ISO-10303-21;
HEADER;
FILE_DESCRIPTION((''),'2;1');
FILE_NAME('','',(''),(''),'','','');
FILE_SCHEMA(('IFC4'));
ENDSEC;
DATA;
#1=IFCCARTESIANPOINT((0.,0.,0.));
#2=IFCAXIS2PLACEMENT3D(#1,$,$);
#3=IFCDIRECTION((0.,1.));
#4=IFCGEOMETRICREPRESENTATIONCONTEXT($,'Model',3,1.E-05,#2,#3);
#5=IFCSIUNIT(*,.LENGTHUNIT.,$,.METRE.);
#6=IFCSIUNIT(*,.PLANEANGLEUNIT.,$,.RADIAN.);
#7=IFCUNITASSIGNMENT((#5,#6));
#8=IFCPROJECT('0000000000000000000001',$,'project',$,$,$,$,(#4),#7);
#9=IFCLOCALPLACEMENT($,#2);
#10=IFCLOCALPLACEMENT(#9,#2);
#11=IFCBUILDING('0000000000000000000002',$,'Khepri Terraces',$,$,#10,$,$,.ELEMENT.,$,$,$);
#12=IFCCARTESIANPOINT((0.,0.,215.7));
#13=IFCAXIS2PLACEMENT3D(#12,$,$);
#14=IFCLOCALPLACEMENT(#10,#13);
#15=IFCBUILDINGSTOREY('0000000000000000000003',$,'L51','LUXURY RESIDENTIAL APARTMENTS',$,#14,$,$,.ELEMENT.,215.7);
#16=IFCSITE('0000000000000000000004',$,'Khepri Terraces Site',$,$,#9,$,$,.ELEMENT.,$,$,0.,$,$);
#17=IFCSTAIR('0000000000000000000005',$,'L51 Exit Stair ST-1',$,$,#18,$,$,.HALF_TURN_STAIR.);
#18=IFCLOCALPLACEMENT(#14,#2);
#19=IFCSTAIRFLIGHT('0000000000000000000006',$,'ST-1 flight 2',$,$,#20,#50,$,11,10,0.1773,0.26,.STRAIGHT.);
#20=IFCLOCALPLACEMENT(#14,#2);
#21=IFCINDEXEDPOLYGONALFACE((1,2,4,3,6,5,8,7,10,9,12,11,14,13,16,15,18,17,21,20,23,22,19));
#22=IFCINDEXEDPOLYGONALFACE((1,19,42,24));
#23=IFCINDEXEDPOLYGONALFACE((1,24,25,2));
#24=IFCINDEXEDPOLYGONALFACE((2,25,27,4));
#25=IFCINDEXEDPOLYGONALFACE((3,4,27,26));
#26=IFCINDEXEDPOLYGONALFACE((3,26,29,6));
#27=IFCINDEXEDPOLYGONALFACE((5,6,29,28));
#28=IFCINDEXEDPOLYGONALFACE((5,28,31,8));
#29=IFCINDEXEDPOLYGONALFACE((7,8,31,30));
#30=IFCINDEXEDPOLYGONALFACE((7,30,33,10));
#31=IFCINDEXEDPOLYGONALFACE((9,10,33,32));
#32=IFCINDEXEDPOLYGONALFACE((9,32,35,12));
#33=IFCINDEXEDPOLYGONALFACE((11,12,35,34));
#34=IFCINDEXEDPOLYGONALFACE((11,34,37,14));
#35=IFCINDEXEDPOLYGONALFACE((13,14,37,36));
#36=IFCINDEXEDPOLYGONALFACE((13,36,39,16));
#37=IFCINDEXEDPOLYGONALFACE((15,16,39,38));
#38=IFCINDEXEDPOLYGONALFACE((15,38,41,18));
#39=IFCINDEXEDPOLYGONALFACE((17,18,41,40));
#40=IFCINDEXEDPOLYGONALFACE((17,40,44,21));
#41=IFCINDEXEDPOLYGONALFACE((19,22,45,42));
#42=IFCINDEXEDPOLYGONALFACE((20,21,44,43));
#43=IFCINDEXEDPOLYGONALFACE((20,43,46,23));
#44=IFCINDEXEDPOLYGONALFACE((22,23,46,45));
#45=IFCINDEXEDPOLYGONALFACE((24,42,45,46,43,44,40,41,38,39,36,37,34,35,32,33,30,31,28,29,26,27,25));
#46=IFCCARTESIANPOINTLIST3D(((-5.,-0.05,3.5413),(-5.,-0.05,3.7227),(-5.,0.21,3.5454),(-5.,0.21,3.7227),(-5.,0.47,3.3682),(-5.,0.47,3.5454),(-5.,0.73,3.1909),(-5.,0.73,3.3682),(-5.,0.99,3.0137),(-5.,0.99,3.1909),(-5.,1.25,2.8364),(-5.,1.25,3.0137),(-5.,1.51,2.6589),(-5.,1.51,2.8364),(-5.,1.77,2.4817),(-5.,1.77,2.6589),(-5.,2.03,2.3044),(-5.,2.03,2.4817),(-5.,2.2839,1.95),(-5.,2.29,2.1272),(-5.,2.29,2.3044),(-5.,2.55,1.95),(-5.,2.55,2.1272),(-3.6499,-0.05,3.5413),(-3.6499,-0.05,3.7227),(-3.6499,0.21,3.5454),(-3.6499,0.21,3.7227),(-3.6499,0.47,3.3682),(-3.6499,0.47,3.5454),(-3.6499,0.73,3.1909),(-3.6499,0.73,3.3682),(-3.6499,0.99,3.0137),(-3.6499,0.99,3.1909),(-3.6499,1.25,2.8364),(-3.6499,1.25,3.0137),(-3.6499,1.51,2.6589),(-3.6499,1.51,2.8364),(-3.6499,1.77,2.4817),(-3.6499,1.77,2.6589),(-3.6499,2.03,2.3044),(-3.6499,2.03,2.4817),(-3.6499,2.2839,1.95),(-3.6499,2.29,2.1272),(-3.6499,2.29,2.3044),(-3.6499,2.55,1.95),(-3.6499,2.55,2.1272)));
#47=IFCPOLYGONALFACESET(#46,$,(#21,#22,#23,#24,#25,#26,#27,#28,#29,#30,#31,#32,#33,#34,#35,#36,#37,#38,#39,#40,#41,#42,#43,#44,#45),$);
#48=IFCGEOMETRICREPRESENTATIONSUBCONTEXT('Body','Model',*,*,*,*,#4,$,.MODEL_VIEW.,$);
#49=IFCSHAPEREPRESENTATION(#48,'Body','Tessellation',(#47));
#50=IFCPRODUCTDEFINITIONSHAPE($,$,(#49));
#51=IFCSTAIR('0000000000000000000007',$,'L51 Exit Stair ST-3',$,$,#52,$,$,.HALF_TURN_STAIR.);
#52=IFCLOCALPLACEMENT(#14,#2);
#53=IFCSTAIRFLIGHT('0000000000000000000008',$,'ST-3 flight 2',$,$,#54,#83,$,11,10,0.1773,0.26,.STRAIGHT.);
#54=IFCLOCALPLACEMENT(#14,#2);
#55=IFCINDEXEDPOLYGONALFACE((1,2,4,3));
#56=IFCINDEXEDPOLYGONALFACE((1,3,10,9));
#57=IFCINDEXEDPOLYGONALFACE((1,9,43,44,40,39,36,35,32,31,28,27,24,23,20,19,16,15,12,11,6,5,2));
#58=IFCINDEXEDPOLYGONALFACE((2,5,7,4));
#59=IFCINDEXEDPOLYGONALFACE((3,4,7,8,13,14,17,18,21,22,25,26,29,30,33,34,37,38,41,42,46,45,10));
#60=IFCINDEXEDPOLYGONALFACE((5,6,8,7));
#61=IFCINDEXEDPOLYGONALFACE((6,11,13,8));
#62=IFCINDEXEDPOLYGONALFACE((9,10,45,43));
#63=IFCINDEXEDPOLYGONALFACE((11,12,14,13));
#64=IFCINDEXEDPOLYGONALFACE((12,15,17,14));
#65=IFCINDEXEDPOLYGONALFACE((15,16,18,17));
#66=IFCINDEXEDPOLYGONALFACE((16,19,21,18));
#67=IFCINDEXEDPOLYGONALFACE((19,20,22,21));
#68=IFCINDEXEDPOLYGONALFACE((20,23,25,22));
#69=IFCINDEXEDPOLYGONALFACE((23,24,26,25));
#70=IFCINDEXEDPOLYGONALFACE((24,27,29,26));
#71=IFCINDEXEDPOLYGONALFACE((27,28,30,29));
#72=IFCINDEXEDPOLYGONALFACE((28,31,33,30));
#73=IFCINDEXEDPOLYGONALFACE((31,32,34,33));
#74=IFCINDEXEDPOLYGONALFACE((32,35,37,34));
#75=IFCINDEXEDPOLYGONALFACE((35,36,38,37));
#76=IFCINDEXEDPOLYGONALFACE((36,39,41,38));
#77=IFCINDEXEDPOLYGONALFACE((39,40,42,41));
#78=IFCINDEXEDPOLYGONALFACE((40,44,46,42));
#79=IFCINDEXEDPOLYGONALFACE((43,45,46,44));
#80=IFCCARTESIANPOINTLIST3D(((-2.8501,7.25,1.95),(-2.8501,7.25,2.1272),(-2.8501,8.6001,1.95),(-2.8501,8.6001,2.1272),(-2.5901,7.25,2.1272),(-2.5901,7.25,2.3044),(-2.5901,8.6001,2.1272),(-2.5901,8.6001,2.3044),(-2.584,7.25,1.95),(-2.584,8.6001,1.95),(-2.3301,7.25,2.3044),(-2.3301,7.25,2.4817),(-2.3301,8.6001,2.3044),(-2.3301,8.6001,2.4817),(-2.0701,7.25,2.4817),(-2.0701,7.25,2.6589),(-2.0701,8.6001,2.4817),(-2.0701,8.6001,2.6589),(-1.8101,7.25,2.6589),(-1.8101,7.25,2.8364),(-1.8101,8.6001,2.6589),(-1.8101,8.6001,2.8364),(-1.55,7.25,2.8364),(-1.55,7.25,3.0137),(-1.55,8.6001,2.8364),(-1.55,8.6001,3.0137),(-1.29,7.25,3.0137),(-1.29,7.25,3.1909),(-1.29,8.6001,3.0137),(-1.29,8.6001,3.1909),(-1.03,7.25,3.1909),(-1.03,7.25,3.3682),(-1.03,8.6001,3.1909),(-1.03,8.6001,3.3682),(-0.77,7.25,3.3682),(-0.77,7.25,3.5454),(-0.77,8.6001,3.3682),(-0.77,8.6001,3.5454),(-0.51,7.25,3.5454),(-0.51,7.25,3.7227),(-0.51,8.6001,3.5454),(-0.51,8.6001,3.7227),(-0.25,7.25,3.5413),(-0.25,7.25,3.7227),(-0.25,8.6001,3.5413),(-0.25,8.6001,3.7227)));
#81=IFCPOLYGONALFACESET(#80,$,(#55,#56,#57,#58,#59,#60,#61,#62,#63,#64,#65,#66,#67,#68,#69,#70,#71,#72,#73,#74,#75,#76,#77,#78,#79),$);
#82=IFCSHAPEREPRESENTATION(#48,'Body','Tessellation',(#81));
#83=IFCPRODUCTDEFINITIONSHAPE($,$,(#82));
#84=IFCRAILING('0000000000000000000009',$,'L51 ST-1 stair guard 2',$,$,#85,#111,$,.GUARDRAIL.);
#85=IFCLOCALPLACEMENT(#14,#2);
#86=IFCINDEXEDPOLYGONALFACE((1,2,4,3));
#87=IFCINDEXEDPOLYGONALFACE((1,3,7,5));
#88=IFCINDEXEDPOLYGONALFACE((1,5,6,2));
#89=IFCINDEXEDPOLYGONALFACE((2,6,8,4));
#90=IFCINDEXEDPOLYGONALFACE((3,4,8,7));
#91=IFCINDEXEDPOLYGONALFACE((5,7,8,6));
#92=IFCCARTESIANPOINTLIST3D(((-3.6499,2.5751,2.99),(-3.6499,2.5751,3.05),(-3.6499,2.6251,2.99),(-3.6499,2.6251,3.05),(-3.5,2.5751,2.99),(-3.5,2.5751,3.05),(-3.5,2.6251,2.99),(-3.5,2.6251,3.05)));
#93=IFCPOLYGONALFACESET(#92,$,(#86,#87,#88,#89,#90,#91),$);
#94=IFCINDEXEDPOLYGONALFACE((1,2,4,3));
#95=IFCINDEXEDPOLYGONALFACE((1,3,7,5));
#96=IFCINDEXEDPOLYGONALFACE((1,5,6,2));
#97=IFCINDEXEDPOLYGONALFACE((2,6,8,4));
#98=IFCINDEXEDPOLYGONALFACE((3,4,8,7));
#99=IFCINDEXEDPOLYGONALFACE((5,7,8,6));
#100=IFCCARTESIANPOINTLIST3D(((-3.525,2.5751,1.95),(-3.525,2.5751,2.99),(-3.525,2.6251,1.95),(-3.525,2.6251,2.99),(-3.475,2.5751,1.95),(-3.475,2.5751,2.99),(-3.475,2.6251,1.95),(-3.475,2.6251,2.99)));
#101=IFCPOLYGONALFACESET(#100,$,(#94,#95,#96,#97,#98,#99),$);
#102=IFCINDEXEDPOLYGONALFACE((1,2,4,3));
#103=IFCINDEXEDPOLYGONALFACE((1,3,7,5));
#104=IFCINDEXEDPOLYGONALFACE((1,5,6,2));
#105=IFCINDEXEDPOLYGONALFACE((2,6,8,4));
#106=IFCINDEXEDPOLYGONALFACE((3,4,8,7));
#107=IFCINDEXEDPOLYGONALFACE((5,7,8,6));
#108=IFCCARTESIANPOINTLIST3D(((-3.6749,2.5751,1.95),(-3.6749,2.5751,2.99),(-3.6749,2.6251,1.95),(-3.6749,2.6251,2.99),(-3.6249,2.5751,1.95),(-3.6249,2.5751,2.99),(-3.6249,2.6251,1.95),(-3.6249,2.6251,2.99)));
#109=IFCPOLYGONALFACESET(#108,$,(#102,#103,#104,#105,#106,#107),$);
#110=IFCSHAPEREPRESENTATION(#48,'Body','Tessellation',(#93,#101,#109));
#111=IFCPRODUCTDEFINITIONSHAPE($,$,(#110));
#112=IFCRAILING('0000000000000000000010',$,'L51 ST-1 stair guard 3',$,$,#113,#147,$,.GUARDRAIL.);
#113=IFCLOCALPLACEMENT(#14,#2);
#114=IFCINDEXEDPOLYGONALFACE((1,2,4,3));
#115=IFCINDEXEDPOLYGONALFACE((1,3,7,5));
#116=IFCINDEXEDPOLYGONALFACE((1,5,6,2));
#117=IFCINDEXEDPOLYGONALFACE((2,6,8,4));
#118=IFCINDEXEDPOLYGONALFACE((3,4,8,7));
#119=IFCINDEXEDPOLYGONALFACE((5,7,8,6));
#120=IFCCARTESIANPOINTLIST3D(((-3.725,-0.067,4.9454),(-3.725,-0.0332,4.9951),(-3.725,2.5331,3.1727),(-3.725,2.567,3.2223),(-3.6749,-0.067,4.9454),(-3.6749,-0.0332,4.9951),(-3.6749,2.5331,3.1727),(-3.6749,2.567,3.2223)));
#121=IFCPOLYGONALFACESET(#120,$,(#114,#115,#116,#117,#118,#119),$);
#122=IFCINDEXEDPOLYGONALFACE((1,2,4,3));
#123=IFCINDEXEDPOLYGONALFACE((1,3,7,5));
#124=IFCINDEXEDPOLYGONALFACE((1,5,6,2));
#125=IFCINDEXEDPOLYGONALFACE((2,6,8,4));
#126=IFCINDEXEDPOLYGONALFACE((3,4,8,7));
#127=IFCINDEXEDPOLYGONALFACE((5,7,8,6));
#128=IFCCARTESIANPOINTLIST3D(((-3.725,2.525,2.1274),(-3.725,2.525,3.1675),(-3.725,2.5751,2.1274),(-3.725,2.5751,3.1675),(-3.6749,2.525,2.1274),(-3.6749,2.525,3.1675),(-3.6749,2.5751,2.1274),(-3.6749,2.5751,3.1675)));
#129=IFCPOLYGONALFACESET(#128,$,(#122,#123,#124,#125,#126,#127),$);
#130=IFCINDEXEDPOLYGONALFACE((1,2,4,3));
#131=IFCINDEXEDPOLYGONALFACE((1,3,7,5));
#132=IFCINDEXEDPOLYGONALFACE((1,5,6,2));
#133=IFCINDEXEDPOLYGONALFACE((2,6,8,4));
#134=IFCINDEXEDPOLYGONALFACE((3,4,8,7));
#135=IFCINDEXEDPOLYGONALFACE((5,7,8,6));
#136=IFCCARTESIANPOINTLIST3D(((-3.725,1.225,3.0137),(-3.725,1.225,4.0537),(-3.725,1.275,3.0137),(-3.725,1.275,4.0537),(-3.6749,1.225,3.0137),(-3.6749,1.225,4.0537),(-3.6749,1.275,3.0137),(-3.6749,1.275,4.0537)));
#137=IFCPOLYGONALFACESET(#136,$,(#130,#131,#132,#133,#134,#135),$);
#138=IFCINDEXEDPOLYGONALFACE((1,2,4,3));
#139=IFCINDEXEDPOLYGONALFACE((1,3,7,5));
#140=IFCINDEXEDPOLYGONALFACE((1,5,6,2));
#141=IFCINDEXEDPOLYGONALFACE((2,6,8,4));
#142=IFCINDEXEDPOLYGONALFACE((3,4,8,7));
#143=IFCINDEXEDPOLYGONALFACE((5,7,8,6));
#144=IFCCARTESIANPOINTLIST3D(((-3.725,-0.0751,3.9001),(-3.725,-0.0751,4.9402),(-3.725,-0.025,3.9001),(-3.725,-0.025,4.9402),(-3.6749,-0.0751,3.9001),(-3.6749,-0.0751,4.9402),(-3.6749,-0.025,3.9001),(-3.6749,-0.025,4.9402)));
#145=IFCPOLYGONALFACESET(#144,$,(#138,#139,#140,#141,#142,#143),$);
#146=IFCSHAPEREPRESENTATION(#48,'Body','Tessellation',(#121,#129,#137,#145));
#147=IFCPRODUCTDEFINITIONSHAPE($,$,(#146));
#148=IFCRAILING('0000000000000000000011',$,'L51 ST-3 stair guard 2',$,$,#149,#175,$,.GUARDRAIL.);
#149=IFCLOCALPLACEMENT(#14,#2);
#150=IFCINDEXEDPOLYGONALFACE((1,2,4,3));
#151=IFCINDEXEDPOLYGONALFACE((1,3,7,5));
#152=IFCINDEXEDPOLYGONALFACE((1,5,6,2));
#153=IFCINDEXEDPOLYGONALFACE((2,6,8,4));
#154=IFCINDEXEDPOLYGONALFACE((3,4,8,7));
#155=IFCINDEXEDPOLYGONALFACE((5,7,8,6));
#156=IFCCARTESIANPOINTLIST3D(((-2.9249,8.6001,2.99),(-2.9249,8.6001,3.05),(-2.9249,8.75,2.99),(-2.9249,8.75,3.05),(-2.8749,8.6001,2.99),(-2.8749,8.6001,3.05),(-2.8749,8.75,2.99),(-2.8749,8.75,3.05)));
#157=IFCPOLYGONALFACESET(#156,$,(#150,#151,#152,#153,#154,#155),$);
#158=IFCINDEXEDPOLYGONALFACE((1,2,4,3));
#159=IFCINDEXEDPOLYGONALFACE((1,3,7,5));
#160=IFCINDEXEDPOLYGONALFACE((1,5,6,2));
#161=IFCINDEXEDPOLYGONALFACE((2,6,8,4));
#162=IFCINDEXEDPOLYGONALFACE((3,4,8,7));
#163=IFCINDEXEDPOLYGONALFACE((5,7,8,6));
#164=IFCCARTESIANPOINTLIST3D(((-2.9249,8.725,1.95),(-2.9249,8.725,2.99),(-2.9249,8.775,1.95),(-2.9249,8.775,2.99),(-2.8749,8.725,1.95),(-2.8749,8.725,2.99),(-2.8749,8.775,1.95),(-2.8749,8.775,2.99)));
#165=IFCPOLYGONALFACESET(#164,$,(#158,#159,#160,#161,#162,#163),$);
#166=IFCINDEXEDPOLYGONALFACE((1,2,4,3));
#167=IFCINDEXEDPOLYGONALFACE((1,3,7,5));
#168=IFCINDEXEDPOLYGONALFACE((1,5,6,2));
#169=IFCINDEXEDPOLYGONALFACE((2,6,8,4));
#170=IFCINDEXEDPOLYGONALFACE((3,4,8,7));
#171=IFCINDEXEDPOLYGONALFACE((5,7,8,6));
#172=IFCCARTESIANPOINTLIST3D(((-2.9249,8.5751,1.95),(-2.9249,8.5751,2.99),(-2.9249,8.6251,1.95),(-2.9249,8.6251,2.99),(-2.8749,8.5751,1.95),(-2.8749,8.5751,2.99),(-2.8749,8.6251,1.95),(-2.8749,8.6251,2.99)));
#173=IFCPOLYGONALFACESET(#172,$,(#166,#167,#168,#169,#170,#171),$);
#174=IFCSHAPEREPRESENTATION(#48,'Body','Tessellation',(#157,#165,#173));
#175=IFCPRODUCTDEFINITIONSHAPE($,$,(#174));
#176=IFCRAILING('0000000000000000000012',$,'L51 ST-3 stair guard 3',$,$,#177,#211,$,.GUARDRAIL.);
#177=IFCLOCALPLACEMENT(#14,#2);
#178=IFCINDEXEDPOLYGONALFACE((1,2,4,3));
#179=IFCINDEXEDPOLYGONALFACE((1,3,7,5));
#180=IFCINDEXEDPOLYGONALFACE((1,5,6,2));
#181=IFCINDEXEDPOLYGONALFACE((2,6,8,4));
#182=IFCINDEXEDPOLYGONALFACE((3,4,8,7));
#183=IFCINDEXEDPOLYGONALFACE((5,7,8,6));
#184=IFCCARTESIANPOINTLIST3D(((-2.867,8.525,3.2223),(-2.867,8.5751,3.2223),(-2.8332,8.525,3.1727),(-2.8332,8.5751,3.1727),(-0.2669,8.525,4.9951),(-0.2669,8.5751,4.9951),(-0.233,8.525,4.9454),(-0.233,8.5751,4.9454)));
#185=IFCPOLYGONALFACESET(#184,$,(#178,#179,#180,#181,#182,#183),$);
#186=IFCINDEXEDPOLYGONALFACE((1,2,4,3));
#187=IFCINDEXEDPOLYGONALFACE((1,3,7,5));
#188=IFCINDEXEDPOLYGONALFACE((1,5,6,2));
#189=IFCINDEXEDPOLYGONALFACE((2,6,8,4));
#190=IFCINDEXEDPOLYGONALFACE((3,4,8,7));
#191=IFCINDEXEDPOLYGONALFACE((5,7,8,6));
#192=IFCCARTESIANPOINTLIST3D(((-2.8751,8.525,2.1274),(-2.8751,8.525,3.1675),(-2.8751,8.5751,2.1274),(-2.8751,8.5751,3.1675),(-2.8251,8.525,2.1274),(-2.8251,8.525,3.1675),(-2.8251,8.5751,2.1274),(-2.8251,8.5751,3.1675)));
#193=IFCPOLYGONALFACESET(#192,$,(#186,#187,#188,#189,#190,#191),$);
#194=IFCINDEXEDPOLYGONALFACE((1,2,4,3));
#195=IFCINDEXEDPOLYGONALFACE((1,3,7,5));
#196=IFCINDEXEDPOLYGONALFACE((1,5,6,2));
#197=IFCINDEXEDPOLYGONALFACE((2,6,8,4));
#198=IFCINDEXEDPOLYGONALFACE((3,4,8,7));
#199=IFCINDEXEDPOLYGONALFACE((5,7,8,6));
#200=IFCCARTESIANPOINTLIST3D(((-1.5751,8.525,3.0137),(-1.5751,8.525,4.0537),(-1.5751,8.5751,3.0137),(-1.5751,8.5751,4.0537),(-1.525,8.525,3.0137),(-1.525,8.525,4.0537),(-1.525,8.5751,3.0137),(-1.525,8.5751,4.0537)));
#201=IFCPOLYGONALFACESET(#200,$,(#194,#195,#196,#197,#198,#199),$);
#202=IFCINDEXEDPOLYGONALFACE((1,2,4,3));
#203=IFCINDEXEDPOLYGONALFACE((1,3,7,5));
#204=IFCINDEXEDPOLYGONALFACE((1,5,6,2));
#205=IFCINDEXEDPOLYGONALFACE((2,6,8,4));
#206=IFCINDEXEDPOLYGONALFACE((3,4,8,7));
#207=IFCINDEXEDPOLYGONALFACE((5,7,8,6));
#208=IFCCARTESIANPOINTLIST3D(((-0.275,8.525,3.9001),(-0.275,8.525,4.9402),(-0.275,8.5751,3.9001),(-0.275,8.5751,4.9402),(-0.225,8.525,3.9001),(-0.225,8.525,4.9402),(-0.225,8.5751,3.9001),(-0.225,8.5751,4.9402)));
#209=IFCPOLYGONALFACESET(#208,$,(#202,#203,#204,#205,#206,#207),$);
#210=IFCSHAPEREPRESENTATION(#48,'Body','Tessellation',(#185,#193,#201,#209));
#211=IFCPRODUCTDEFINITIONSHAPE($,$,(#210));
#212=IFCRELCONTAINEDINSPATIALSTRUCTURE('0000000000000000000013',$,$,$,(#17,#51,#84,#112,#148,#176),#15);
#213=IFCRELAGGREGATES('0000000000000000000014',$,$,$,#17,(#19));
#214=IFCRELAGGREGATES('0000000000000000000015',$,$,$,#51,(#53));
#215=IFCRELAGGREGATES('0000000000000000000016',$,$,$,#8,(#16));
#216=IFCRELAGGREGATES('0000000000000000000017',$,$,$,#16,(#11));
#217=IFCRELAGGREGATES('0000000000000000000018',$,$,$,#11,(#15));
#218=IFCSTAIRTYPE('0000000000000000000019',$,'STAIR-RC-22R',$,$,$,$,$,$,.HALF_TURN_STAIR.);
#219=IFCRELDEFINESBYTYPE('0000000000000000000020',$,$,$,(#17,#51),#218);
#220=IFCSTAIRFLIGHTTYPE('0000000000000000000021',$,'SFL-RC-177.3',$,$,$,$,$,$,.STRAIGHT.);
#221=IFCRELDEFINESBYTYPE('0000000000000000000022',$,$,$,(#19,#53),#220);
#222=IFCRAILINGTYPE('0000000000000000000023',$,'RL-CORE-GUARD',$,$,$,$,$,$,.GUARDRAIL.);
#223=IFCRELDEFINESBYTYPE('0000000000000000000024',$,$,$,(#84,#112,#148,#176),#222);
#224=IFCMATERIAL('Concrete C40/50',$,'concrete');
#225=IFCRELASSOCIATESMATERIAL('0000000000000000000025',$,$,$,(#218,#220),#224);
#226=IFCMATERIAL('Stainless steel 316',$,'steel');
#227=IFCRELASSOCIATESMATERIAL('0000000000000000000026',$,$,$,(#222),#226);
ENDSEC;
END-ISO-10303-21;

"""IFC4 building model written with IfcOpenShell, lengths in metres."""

from ifc_helpers import new_model, si_unit, direction, frame, origin, origin_2d, place, context, subcontext, project, spatial, polyline, rectangle, outline, extrude, material, type_object, element, aggregate, save


model = new_model("IFC4")

# Units and contexts
model_context = context("Model", 3, precision=1e-05, world=origin(), true_north=direction((0.0, 1.0)))
body_context = subcontext(model_context, "Body", "Model", "MODEL_VIEW")
ifc_project = project(units=[si_unit("LENGTHUNIT", "METRE"), si_unit("PLANEANGLEUNIT", "RADIAN")], contexts=[model_context])

# Site, building, storey
site_placement = place(None, origin())
site = spatial("IfcSite", under=ifc_project, at=site_placement, Name="Khepri Terraces Site", CompositionType="ELEMENT", RefElevation=0.0)
building_placement = place(site_placement, origin())
building = spatial("IfcBuilding", under=site, at=building_placement, Name="Khepri Terraces", CompositionType="ELEMENT")
storey_placement = place(building_placement, frame((0.0, 0.0, 215.7)))
storey = spatial("IfcBuildingStorey", under=building, at=storey_placement, Name="L51", Description="LUXURY RESIDENTIAL APARTMENTS", CompositionType="ELEMENT", Elevation=215.7)

# Stairs, stair flights
ifc_material_1 = material(Name="Concrete C40/50", Category="concrete")
stair_type = type_object("IfcStairType", Name="STAIR-RC-22R", PredefinedType="HALF_TURN_STAIR", material=ifc_material_1)
stair_1_placement = place(storey_placement, origin())
stair_1 = element("IfcStair", 1, at=stair_1_placement, inside=storey, type_object=stair_type, Name="L51 Exit Stair ST-1", PredefinedType="HALF_TURN_STAIR")
stair_flight_type = type_object("IfcStairFlightType", Name="SFL-RC-177.3", PredefinedType="STRAIGHT", material=ifc_material_1)
stair_flight_1_placement = place(storey_placement, frame((-4.325, 2.55, 1.95), z_axis=(0.0, 0.0, 1.0), x_axis=(0.0, -1.0, 0.0)))
stair_flight_1 = element("IfcStairFlight", 2, at=stair_flight_1_placement, type_object=stair_flight_type, Name="ST-1 flight 2", NumberOfRisers=11, NumberOfTreads=10, PredefinedType="STRAIGHT", RiserHeight=0.1773, TreadLength=0.26, context=body_context, shape_type="SweptSolid", body=[
    extrude(outline(polyline([(0.0, 0.0), (0.0, 0.1772), (0.26, 0.1772), (0.26, 0.3545), (0.52, 0.3545), (0.52, 0.5317), (0.78, 0.5317), (0.78, 0.709), (1.04, 0.709), (1.04, 0.8865), (1.3, 0.8865), (1.3, 1.0637), (1.5601, 1.0637), (1.5601, 1.241), (1.8201, 1.241), (1.8201, 1.4182), (2.0801, 1.4182), (2.0801, 1.5955), (2.3401, 1.5955), (2.3401, 1.7727), (2.6001, 1.7727), (2.6001, 1.95), (2.6001, 1.5913), (0.2661, 0.0), (0.0, 0.0)])), frame((0.0, 0.675, 0.0), z_axis=(0.0, -1.0, 0.0), x_axis=(1.0, 0.0, 0.0)), (0.0, 0.0, 1.0), 1.3501),
])
aggregate(stair_1, [stair_flight_1])
stair_2_placement = place(storey_placement, origin())
stair_2 = element("IfcStair", 3, at=stair_2_placement, inside=storey, type_object=stair_type, Name="L51 Exit Stair ST-3", PredefinedType="HALF_TURN_STAIR")
stair_flight_2_placement = place(storey_placement, frame((-2.8501, 7.925, 1.95), z_axis=(0.0, 0.0, 1.0), x_axis=(1.0, 0.0, 0.0)))
stair_flight_2 = element("IfcStairFlight", 4, at=stair_flight_2_placement, type_object=stair_flight_type, Name="ST-3 flight 2", NumberOfRisers=11, NumberOfTreads=10, PredefinedType="STRAIGHT", RiserHeight=0.1773, TreadLength=0.26, context=body_context, shape_type="SweptSolid", body=[
    extrude(outline(polyline([(0.0, 0.0), (0.0, 0.1772), (0.26, 0.1772), (0.26, 0.3545), (0.52, 0.3545), (0.52, 0.5317), (0.78, 0.5317), (0.78, 0.709), (1.04, 0.709), (1.04, 0.8865), (1.3, 0.8865), (1.3, 1.0637), (1.5601, 1.0637), (1.5601, 1.241), (1.8201, 1.241), (1.8201, 1.4182), (2.0801, 1.4182), (2.0801, 1.5955), (2.3401, 1.5955), (2.3401, 1.7727), (2.6001, 1.7727), (2.6001, 1.95), (2.6001, 1.5913), (0.2661, 0.0), (0.0, 0.0)])), frame((0.0, 0.675, 0.0), z_axis=(0.0, -1.0, 0.0), x_axis=(1.0, 0.0, 0.0)), (0.0, 0.0, 1.0), 1.3501),
])
aggregate(stair_2, [stair_flight_2])

# Railings
ifc_material_2 = material(Name="Stainless steel 316", Category="steel")
railing_type_1 = type_object("IfcRailingType", Name="RL-CORE-GUARD", PredefinedType="GUARDRAIL", material=ifc_material_2)
railing_1_placement = place(storey_placement, frame((-3.5, 2.6001, 1.95)))
element("IfcRailing", 5, at=railing_1_placement, inside=storey, type_object=railing_type_1, Name="L51 ST-1 stair guard 2", PredefinedType="GUARDRAIL", context=body_context, shape_type="SweptSolid", body=[
    extrude(rectangle(XDim=0.05, YDim=0.0601, at=origin_2d()), frame((0.0, 0.0, 1.0701), z_axis=(-1.0, 0.0, 0.0), x_axis=(0.0, -1.0, 0.0)), (0.0, 0.0, 1.0), 0.1499),
    extrude(rectangle(XDim=0.05, YDim=0.05, at=origin_2d()), origin(), (0.0, 0.0, 1.0), 1.04),
    extrude(rectangle(XDim=0.05, YDim=0.05, at=origin_2d()), frame((-0.1499, 0.0, 0.0)), (0.0, 0.0, 1.0), 1.04),
])
railing_2_placement = place(storey_placement, frame((-3.7, 2.55, 2.1274)))
element("IfcRailing", 6, at=railing_2_placement, inside=storey, type_object=railing_type_1, Name="L51 ST-1 stair guard 3", PredefinedType="GUARDRAIL", context=body_context, shape_type="SweptSolid", body=[
    extrude(rectangle(XDim=0.05, YDim=0.0601, at=origin_2d()), frame((0.0, 0.0, 1.0701), z_axis=(0.0, -0.82624, 0.563318), x_axis=(1.0, 0.0, 0.0)), (0.0, 0.0, 1.0), 3.147),
    extrude(rectangle(XDim=0.05, YDim=0.05, at=origin_2d()), origin(), (0.0, 0.0, 1.0), 1.04),
    extrude(rectangle(XDim=0.05, YDim=0.05, at=origin_2d()), frame((0.0, -1.3, 0.8862)), (0.0, 0.0, 1.0), 1.04),
    extrude(rectangle(XDim=0.05, YDim=0.05, at=origin_2d()), frame((0.0, -2.6001, 1.7727)), (0.0, 0.0, 1.0), 1.04),
])
railing_3_placement = place(storey_placement, frame((-2.8999, 8.75, 1.95)))
element("IfcRailing", 7, at=railing_3_placement, inside=storey, type_object=railing_type_1, Name="L51 ST-3 stair guard 2", PredefinedType="GUARDRAIL", context=body_context, shape_type="SweptSolid", body=[
    extrude(rectangle(XDim=0.05, YDim=0.0601, at=origin_2d()), frame((0.0, 0.0, 1.0701), z_axis=(0.0, -1.0, 0.0), x_axis=(1.0, 0.0, 0.0)), (0.0, 0.0, 1.0), 0.1499),
    extrude(rectangle(XDim=0.05, YDim=0.05, at=origin_2d()), origin(), (0.0, 0.0, 1.0), 1.04),
    extrude(rectangle(XDim=0.05, YDim=0.05, at=origin_2d()), frame((0.0, -0.1499, 0.0)), (0.0, 0.0, 1.0), 1.04),
])
railing_4_placement = place(storey_placement, frame((-2.8501, 8.55, 2.1274)))
element("IfcRailing", 8, at=railing_4_placement, inside=storey, type_object=railing_type_1, Name="L51 ST-3 stair guard 3", PredefinedType="GUARDRAIL", context=body_context, shape_type="SweptSolid", body=[
    extrude(rectangle(XDim=0.05, YDim=0.0601, at=origin_2d()), frame((0.0, 0.0, 1.0701), z_axis=(0.82624, 0.0, 0.563318), x_axis=(0.0, 1.0, 0.0)), (0.0, 0.0, 1.0), 3.147),
    extrude(rectangle(XDim=0.05, YDim=0.05, at=origin_2d()), origin(), (0.0, 0.0, 1.0), 1.04),
    extrude(rectangle(XDim=0.05, YDim=0.05, at=origin_2d()), frame((1.3, 0.0, 0.8862)), (0.0, 0.0, 1.0), 1.04),
    extrude(rectangle(XDim=0.05, YDim=0.05, at=origin_2d()), frame((2.6001, 0.0, 1.7727)), (0.0, 0.0, 1.0), 1.04),
])

save(model, "model.ifc")
